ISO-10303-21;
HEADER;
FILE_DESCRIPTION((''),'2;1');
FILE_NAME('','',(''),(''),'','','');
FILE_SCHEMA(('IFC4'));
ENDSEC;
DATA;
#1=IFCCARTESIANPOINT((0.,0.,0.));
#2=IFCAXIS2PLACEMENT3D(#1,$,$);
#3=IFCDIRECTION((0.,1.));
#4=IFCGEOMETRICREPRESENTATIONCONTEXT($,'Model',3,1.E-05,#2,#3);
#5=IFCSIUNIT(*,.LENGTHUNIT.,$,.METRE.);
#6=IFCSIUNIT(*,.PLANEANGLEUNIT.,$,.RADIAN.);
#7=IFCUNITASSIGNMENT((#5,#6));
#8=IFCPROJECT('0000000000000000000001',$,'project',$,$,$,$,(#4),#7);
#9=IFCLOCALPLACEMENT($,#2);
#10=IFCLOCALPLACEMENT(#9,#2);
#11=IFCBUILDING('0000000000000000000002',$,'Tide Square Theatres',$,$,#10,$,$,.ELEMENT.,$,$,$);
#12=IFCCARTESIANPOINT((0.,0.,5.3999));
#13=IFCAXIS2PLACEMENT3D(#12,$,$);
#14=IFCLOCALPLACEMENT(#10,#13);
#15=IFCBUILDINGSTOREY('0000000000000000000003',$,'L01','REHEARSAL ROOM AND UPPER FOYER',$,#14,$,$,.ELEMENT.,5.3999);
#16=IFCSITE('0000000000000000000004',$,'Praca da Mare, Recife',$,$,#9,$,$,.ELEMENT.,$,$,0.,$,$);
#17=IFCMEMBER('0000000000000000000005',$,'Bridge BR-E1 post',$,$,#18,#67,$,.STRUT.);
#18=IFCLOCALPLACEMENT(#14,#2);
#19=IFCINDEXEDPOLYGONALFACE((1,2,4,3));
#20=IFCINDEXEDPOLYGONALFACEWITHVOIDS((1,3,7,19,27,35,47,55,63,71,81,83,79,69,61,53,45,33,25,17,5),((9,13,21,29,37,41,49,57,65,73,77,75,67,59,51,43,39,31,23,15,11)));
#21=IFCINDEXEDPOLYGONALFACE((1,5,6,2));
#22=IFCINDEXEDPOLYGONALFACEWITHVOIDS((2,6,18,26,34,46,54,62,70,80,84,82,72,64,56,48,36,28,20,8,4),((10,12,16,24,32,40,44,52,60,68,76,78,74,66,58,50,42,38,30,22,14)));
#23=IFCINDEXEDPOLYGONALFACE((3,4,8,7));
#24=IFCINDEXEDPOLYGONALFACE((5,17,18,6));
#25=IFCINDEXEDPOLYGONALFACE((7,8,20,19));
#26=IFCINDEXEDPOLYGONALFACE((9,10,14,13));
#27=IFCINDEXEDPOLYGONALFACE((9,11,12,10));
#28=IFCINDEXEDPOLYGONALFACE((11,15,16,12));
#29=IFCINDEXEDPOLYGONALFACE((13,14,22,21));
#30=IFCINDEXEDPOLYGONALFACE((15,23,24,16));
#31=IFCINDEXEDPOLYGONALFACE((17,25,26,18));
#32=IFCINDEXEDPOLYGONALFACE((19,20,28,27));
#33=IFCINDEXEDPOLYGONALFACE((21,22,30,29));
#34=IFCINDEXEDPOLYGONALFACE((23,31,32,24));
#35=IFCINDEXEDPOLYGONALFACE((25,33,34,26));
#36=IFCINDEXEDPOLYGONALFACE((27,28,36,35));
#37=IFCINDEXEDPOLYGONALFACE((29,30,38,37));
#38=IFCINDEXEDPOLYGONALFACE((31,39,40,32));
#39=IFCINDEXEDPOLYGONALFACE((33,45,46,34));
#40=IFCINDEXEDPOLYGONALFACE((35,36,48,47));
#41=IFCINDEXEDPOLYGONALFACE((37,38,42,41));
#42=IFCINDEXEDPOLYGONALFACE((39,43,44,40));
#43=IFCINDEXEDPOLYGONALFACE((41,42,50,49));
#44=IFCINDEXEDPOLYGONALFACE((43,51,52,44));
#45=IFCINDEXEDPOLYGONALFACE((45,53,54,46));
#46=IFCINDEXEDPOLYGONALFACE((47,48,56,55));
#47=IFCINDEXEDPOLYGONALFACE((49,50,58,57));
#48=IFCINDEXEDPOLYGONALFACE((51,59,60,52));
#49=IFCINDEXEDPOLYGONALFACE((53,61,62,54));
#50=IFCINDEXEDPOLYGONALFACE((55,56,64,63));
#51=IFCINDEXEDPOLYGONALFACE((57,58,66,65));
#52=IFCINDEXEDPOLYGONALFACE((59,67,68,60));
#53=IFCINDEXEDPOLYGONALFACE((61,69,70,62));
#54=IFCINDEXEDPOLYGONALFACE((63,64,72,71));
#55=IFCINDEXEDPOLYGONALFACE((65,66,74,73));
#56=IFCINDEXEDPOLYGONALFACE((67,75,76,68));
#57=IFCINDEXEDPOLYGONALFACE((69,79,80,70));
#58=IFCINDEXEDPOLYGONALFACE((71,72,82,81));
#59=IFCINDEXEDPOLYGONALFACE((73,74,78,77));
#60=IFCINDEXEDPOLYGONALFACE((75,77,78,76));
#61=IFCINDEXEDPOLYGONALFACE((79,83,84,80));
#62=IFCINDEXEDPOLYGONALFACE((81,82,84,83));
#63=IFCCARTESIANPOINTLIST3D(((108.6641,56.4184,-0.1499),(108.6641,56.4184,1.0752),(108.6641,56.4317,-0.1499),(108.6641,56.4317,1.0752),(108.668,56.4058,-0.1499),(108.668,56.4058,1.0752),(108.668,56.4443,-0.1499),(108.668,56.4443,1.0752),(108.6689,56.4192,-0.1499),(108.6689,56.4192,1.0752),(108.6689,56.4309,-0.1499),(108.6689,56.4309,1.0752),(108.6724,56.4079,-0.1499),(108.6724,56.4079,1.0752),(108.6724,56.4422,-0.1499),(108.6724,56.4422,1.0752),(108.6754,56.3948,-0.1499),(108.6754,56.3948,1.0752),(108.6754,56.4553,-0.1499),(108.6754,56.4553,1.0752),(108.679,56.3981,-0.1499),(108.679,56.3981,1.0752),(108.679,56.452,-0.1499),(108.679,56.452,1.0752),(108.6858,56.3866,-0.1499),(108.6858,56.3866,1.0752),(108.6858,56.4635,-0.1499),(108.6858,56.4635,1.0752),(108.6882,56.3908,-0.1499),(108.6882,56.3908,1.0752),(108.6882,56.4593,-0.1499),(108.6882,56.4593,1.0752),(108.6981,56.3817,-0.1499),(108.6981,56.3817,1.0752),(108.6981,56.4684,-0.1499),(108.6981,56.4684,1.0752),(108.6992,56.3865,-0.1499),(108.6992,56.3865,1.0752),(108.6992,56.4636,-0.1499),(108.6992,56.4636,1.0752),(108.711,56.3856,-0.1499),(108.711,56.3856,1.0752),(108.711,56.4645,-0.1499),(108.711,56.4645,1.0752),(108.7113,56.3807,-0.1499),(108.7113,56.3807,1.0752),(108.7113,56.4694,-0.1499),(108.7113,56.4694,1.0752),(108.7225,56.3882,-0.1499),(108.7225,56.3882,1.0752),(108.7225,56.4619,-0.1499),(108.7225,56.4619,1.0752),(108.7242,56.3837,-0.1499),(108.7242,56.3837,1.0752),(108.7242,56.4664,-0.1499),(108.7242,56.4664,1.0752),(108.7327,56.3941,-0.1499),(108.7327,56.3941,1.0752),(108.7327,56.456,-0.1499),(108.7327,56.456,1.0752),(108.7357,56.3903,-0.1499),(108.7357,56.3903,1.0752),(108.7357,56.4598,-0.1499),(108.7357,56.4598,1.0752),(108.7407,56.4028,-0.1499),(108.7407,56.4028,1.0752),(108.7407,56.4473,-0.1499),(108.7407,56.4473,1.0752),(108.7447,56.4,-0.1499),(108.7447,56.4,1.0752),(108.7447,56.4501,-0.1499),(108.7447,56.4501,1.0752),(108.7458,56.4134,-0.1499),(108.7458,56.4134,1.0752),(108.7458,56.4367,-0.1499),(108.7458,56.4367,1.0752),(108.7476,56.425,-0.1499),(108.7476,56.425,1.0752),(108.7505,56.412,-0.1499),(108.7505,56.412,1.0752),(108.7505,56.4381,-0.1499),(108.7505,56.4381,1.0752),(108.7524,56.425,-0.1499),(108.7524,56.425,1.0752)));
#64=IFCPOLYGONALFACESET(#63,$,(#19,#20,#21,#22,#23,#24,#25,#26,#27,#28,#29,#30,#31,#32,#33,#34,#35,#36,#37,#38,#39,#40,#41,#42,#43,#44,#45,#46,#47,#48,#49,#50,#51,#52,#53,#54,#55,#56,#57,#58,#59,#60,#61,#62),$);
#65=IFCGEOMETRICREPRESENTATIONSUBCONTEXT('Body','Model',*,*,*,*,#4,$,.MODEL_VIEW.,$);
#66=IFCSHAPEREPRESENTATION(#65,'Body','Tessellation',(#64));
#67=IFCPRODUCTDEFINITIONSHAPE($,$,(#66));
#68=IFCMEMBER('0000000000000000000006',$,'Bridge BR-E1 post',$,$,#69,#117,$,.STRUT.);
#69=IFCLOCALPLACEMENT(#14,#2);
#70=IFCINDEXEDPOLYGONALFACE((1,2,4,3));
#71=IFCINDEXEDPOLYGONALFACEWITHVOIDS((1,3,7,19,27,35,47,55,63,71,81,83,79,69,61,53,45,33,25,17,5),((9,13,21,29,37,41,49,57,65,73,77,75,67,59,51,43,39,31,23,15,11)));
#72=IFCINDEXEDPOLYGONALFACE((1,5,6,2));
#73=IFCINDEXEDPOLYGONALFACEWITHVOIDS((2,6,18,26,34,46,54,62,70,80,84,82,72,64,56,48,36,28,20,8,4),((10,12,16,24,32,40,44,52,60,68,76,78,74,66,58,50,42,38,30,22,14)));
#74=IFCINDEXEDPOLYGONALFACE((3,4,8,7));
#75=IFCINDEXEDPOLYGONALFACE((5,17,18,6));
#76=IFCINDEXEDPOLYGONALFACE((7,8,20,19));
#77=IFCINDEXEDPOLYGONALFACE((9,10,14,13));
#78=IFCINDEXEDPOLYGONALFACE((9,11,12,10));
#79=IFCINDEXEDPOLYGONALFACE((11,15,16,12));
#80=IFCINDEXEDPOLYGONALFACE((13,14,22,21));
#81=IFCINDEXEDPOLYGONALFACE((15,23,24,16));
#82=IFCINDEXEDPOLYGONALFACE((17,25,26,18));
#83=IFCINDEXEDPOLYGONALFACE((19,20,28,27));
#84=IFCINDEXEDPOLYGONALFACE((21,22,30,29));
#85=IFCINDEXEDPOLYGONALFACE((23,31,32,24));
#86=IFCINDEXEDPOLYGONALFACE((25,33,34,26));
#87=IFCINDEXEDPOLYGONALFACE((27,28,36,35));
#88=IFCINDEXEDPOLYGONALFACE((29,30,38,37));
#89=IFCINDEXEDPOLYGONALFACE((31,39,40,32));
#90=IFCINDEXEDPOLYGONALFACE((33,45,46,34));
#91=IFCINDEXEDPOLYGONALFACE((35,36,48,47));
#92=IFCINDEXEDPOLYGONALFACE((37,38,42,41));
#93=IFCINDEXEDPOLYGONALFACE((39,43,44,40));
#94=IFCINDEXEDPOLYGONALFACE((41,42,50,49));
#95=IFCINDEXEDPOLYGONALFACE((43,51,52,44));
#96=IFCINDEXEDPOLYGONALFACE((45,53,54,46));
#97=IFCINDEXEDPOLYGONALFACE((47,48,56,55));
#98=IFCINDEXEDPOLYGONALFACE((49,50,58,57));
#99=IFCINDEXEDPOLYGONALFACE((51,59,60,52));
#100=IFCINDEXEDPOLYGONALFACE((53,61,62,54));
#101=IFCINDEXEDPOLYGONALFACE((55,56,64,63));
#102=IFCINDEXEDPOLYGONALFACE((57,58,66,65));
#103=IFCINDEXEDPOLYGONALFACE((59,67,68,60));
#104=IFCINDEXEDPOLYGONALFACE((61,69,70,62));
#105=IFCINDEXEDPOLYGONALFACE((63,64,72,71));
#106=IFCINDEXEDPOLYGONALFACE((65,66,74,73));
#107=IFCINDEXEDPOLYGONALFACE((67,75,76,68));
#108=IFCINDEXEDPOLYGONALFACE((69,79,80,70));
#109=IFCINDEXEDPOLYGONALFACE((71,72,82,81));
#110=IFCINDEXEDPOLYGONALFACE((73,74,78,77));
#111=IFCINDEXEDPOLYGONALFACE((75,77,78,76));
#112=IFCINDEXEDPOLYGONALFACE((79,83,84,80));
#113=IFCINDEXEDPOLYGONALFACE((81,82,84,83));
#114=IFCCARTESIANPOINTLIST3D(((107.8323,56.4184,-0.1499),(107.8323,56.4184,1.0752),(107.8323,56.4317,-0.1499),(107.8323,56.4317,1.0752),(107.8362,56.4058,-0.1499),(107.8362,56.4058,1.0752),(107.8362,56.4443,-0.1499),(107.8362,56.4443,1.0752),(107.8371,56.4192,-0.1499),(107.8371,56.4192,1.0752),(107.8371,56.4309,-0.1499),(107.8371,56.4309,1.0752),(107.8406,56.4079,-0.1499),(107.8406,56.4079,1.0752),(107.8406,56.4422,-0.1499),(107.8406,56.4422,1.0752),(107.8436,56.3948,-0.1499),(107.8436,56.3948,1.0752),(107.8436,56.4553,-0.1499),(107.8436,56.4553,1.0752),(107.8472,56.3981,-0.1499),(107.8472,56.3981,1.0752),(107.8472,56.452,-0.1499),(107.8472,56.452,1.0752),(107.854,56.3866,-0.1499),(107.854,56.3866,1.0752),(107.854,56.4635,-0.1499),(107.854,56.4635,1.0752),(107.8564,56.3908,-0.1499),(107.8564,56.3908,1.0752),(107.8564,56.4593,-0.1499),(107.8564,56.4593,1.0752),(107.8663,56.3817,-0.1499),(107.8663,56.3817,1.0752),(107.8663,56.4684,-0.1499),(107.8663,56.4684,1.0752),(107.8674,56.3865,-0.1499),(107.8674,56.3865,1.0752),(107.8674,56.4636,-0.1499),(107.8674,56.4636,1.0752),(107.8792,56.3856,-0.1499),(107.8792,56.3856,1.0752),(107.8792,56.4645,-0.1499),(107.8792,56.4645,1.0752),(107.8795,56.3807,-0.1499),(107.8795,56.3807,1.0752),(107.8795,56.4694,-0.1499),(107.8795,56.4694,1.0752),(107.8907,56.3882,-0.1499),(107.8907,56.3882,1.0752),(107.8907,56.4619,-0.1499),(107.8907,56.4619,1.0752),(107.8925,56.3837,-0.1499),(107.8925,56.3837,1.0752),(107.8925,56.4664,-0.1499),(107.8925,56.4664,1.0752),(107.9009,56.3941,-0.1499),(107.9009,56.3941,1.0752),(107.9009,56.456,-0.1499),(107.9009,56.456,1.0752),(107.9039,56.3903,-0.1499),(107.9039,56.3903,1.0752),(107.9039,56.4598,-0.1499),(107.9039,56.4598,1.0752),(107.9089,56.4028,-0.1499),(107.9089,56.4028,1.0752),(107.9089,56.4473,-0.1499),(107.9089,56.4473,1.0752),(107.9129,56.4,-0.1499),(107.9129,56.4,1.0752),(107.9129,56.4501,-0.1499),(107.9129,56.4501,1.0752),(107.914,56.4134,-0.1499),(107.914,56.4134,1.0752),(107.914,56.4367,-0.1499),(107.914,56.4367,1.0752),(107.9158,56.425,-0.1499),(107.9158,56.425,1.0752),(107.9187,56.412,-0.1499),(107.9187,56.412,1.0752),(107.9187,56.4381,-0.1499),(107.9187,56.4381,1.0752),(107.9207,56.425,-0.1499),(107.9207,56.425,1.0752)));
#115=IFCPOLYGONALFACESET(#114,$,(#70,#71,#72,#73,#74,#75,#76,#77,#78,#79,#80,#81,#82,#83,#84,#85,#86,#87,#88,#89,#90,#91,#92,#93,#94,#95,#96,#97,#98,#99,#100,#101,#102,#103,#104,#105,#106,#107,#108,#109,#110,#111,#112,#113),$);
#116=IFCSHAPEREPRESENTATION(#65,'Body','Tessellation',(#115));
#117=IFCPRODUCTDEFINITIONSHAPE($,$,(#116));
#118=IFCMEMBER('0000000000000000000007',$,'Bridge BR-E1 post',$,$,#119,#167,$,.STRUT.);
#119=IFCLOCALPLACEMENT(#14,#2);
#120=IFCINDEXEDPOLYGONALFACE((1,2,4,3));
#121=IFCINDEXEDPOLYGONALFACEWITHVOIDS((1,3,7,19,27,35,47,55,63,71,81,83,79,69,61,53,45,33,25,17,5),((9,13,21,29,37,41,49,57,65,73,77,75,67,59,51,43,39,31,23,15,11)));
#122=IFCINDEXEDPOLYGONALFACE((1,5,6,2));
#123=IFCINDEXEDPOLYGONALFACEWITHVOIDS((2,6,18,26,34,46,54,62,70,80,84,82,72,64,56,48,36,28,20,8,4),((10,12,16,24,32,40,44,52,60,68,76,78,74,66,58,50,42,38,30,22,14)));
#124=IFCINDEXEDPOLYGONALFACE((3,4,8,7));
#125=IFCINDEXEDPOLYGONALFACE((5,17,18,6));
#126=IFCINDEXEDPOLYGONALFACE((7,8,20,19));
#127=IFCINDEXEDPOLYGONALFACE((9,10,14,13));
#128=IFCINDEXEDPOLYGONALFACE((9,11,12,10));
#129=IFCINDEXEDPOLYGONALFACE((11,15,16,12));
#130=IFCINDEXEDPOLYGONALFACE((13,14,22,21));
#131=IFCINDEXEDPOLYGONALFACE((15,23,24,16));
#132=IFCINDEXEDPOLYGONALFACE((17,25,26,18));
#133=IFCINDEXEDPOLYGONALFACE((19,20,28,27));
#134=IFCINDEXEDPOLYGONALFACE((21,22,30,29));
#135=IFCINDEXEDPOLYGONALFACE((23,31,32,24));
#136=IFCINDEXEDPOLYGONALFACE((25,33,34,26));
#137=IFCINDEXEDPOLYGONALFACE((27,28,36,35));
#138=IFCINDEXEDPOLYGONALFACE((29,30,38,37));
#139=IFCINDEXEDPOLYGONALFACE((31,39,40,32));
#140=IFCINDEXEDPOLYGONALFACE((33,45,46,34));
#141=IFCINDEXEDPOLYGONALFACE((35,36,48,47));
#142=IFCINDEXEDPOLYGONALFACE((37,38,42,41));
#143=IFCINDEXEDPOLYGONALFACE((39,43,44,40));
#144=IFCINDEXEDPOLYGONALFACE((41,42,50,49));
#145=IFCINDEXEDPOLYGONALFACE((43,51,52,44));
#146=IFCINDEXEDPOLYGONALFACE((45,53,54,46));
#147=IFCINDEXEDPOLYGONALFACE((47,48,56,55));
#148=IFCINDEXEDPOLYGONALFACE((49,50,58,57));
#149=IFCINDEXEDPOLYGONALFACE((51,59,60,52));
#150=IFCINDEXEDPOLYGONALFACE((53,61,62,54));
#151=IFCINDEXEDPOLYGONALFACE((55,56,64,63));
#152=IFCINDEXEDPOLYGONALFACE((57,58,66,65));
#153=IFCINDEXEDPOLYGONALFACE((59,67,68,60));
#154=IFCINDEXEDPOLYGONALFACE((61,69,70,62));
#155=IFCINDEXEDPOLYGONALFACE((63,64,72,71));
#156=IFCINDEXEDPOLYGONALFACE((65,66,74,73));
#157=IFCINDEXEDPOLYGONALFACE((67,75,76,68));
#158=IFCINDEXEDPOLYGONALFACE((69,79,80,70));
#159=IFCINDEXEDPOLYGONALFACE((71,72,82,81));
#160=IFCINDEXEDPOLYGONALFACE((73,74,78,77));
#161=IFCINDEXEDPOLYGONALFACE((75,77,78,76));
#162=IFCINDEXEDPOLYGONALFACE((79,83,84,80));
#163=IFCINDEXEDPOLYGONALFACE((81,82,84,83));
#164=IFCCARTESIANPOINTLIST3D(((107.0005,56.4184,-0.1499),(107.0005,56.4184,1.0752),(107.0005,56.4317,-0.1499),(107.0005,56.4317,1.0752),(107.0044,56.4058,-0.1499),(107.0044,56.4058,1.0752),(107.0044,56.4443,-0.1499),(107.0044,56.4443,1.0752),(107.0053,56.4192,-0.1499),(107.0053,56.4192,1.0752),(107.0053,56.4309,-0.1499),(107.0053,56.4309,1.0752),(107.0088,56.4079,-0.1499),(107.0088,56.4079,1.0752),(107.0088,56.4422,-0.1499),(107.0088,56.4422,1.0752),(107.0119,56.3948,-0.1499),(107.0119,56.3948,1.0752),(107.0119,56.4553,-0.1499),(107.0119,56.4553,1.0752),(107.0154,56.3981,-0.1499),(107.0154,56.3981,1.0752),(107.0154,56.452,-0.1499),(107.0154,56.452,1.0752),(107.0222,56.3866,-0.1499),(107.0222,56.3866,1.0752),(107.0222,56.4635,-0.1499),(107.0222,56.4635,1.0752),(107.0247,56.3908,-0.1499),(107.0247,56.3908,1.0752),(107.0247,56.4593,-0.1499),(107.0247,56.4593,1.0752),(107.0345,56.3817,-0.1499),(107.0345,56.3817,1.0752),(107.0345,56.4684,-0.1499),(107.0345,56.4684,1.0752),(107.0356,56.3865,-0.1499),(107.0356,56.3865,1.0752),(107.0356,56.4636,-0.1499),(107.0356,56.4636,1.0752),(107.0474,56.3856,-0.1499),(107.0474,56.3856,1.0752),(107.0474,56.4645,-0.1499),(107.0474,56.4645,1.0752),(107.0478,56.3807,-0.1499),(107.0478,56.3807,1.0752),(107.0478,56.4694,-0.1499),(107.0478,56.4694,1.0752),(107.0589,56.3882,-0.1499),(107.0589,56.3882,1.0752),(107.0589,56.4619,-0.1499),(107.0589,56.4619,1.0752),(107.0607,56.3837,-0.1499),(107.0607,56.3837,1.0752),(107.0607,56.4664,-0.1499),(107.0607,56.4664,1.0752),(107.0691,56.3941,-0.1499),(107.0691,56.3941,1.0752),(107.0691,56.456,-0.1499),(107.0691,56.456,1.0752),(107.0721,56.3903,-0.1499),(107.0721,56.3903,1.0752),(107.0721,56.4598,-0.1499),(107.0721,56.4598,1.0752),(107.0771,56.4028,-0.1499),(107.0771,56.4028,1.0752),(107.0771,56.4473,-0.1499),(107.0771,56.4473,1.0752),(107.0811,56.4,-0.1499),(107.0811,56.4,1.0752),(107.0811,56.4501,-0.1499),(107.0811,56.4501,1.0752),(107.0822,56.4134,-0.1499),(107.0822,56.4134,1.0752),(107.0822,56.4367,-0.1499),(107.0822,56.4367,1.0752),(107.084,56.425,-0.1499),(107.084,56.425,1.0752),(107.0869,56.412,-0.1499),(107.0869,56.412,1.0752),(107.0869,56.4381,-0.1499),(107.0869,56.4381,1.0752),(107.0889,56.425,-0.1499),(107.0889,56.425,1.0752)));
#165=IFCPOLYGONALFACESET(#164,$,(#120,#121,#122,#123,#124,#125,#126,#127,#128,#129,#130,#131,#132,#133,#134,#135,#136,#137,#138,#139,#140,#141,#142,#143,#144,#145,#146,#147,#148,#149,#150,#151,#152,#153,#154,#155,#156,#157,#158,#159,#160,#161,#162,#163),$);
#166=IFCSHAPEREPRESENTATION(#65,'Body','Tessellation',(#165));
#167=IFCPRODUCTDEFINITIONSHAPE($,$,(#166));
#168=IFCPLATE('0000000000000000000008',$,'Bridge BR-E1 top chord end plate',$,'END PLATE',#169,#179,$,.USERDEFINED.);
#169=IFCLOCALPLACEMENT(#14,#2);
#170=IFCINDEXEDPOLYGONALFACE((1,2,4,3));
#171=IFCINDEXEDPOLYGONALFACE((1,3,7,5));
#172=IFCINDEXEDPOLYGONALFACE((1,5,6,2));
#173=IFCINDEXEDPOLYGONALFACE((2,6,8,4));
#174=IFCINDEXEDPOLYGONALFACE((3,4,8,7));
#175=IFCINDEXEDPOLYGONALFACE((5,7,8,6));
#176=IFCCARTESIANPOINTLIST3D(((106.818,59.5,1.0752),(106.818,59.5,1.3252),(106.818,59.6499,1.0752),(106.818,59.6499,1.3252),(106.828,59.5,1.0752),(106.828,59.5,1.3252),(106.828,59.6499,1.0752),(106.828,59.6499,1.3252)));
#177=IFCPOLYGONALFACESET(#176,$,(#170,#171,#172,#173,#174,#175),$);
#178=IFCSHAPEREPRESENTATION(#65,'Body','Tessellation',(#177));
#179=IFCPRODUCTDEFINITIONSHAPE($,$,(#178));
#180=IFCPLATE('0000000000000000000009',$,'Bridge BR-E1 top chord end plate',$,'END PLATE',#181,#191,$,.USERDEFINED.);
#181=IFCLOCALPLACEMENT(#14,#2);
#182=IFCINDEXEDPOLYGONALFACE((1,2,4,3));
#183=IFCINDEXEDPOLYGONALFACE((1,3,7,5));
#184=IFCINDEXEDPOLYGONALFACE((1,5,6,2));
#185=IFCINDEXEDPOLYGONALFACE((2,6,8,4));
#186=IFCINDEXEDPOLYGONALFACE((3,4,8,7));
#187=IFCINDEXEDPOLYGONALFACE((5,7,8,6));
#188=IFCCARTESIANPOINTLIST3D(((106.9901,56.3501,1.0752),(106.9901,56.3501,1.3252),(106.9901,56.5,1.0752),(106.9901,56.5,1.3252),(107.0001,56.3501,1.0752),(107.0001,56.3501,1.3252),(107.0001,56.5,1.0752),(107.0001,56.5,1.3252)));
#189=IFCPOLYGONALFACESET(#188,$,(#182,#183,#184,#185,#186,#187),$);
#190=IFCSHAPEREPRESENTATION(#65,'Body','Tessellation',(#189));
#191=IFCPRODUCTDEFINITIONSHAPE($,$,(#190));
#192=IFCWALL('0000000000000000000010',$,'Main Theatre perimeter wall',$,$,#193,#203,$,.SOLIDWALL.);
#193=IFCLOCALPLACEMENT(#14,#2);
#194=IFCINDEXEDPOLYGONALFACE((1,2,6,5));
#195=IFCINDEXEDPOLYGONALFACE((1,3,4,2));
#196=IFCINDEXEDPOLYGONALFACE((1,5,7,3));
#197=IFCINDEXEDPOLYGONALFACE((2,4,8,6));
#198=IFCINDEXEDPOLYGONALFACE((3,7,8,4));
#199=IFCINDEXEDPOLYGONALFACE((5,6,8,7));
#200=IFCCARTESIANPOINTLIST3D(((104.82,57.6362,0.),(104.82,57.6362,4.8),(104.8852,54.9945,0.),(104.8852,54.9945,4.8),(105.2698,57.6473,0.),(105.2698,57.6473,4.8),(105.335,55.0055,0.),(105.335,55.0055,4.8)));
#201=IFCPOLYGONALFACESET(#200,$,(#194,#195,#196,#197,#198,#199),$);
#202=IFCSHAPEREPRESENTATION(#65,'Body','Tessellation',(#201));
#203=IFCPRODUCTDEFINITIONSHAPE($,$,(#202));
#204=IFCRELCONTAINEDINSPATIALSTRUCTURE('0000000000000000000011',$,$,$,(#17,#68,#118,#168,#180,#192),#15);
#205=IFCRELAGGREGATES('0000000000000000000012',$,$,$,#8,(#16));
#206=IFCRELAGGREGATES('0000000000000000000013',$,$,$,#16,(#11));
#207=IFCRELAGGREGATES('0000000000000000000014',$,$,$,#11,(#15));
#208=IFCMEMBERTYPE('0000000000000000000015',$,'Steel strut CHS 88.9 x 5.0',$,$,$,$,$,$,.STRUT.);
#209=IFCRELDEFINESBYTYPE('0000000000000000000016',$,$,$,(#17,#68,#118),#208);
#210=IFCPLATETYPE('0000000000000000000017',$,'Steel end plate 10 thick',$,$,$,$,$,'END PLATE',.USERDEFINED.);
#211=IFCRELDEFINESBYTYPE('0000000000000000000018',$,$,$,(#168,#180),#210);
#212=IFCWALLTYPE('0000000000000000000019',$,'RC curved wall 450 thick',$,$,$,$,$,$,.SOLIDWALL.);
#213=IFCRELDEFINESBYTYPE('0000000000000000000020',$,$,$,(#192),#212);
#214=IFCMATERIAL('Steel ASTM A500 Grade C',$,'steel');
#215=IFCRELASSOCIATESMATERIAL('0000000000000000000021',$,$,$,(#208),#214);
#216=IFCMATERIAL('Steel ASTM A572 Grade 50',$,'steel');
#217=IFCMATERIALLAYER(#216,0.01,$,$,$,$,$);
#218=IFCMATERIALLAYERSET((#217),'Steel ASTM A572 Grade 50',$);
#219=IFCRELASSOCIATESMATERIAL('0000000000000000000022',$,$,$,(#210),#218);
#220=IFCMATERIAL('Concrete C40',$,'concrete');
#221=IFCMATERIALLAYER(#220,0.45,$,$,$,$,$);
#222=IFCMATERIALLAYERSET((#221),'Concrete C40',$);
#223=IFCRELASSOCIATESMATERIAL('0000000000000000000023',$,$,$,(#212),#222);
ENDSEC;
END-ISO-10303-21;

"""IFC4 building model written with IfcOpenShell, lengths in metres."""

from ifc_helpers import new_model, si_unit, direction, frame, frame_2d, origin, origin_2d, place, context, subcontext, project, spatial, rectangle, hollow_circle, extrude, material, layer, layer_set, material_profile, profile_set, type_object, element, save


model = new_model("IFC4")

# Units and contexts
model_context = context("Model", 3, precision=1e-05, world=origin(), true_north=direction((0.0, 1.0)))
body_context = subcontext(model_context, "Body", "Model", "MODEL_VIEW")
ifc_project = project(units=[si_unit("LENGTHUNIT", "METRE"), si_unit("PLANEANGLEUNIT", "RADIAN")], contexts=[model_context])

# Site, building, storey
site_placement = place(None, origin())
site = spatial("IfcSite", under=ifc_project, at=site_placement, Name="Praca da Mare, Recife", CompositionType="ELEMENT", RefElevation=0.0)
building_placement = place(site_placement, origin())
building = spatial("IfcBuilding", under=site, at=building_placement, Name="Tide Square Theatres", CompositionType="ELEMENT")
storey_placement = place(building_placement, frame((0.0, 0.0, 5.3999)))
storey = spatial("IfcBuildingStorey", under=building, at=storey_placement, Name="L01", Description="REHEARSAL ROOM AND UPPER FOYER", CompositionType="ELEMENT", Elevation=5.3999)

# Members
ifc_material_1 = material(Name="Steel ASTM A500 Grade C", Category="steel")
ifc_material_profile_1 = material_profile(ifc_material_1, hollow_circle(Radius=0.0444, WallThickness=0.0049, at=origin_2d()))
ifc_profile_set_1 = profile_set([ifc_material_profile_1], Name="Steel ASTM A500 Grade C")
member_type_1 = type_object("IfcMemberType", Name="Steel strut CHS 88.9 x 5.0", PredefinedType="STRUT", material=ifc_profile_set_1)
for number, where, z_axis, x_axis, name in (
    (1, (108.708, 56.425, -0.1499), (0.0, 0.0, 1.0), (1.0, 0.0, 0.0), "Bridge BR-E1 post"),
    (2, (107.8762, 56.425, -0.1499), (0.0, 0.0, 1.0), (1.0, 0.0, 0.0), "Bridge BR-E1 post"),
    (3, (107.0444, 56.425, -0.1499), (0.0, 0.0, 1.0), (1.0, 0.0, 0.0), "Bridge BR-E1 post"),
):
    element("IfcMember", number, at=place(storey_placement, frame(where, z_axis=z_axis, x_axis=x_axis)), inside=storey, type_object=member_type_1, Name=name, PredefinedType="STRUT", context=body_context, shape_type="SweptSolid", body=[
        extrude(hollow_circle(Radius=0.0444, WallThickness=0.0049, at=origin_2d()), origin(), (0.0, 0.0, 1.0), 1.2251),
    ])

# Plates
ifc_material_2 = material(Name="Steel ASTM A572 Grade 50", Category="steel")
ifc_layer_1 = layer(ifc_material_2, 0.01)
ifc_layer_set_1 = layer_set([ifc_layer_1], Name="Steel ASTM A572 Grade 50")
plate_type = type_object("IfcPlateType", Name="Steel end plate 10 thick", ElementType="END PLATE", PredefinedType="USERDEFINED", material=ifc_layer_set_1)
for number, where, z_axis, x_axis, name in (
    (4, (106.823, 59.575, 1.0752), (0.0, 0.0, 1.0), (-1.0, 0.0, 0.0), "Bridge BR-E1 top chord end plate"),
    (5, (106.9951, 56.425, 1.0752), (0.0, 0.0, 1.0), (-1.0, 0.0, 0.0), "Bridge BR-E1 top chord end plate"),
):
    element("IfcPlate", number, at=place(storey_placement, frame(where, z_axis=z_axis, x_axis=x_axis)), inside=storey, type_object=plate_type, Name=name, ObjectType="END PLATE", PredefinedType="USERDEFINED", context=body_context, shape_type="SweptSolid", body=[
        extrude(rectangle(XDim=0.01, YDim=0.1499, at=origin_2d()), origin(), (0.0, 0.0, 1.0), 0.25),
    ])

# Wall
ifc_material_3 = material(Name="Concrete C40", Category="concrete")
ifc_layer_2 = layer(ifc_material_3, 0.45)
ifc_layer_set_2 = layer_set([ifc_layer_2], Name="Concrete C40")
wall_type = type_object("IfcWallType", Name="RC curved wall 450 thick", PredefinedType="SOLIDWALL", material=ifc_layer_set_2)
wall_1_placement = place(storey_placement, frame((105.1101, 55.0, 0.0), z_axis=(0.0, 0.0, 1.0), x_axis=(-0.024667, 0.999696, 0.0)))
element("IfcWall", 6, at=wall_1_placement, inside=storey, type_object=wall_type, Name="Main Theatre perimeter wall", PredefinedType="SOLIDWALL", context=body_context, shape_type="SweptSolid", body=[
    extrude(rectangle(XDim=2.6426, YDim=0.45, at=frame_2d((1.3213, 0.0))), origin(), (0.0, 0.0, 1.0), 4.8),
])

save(model, "model.ifc")
